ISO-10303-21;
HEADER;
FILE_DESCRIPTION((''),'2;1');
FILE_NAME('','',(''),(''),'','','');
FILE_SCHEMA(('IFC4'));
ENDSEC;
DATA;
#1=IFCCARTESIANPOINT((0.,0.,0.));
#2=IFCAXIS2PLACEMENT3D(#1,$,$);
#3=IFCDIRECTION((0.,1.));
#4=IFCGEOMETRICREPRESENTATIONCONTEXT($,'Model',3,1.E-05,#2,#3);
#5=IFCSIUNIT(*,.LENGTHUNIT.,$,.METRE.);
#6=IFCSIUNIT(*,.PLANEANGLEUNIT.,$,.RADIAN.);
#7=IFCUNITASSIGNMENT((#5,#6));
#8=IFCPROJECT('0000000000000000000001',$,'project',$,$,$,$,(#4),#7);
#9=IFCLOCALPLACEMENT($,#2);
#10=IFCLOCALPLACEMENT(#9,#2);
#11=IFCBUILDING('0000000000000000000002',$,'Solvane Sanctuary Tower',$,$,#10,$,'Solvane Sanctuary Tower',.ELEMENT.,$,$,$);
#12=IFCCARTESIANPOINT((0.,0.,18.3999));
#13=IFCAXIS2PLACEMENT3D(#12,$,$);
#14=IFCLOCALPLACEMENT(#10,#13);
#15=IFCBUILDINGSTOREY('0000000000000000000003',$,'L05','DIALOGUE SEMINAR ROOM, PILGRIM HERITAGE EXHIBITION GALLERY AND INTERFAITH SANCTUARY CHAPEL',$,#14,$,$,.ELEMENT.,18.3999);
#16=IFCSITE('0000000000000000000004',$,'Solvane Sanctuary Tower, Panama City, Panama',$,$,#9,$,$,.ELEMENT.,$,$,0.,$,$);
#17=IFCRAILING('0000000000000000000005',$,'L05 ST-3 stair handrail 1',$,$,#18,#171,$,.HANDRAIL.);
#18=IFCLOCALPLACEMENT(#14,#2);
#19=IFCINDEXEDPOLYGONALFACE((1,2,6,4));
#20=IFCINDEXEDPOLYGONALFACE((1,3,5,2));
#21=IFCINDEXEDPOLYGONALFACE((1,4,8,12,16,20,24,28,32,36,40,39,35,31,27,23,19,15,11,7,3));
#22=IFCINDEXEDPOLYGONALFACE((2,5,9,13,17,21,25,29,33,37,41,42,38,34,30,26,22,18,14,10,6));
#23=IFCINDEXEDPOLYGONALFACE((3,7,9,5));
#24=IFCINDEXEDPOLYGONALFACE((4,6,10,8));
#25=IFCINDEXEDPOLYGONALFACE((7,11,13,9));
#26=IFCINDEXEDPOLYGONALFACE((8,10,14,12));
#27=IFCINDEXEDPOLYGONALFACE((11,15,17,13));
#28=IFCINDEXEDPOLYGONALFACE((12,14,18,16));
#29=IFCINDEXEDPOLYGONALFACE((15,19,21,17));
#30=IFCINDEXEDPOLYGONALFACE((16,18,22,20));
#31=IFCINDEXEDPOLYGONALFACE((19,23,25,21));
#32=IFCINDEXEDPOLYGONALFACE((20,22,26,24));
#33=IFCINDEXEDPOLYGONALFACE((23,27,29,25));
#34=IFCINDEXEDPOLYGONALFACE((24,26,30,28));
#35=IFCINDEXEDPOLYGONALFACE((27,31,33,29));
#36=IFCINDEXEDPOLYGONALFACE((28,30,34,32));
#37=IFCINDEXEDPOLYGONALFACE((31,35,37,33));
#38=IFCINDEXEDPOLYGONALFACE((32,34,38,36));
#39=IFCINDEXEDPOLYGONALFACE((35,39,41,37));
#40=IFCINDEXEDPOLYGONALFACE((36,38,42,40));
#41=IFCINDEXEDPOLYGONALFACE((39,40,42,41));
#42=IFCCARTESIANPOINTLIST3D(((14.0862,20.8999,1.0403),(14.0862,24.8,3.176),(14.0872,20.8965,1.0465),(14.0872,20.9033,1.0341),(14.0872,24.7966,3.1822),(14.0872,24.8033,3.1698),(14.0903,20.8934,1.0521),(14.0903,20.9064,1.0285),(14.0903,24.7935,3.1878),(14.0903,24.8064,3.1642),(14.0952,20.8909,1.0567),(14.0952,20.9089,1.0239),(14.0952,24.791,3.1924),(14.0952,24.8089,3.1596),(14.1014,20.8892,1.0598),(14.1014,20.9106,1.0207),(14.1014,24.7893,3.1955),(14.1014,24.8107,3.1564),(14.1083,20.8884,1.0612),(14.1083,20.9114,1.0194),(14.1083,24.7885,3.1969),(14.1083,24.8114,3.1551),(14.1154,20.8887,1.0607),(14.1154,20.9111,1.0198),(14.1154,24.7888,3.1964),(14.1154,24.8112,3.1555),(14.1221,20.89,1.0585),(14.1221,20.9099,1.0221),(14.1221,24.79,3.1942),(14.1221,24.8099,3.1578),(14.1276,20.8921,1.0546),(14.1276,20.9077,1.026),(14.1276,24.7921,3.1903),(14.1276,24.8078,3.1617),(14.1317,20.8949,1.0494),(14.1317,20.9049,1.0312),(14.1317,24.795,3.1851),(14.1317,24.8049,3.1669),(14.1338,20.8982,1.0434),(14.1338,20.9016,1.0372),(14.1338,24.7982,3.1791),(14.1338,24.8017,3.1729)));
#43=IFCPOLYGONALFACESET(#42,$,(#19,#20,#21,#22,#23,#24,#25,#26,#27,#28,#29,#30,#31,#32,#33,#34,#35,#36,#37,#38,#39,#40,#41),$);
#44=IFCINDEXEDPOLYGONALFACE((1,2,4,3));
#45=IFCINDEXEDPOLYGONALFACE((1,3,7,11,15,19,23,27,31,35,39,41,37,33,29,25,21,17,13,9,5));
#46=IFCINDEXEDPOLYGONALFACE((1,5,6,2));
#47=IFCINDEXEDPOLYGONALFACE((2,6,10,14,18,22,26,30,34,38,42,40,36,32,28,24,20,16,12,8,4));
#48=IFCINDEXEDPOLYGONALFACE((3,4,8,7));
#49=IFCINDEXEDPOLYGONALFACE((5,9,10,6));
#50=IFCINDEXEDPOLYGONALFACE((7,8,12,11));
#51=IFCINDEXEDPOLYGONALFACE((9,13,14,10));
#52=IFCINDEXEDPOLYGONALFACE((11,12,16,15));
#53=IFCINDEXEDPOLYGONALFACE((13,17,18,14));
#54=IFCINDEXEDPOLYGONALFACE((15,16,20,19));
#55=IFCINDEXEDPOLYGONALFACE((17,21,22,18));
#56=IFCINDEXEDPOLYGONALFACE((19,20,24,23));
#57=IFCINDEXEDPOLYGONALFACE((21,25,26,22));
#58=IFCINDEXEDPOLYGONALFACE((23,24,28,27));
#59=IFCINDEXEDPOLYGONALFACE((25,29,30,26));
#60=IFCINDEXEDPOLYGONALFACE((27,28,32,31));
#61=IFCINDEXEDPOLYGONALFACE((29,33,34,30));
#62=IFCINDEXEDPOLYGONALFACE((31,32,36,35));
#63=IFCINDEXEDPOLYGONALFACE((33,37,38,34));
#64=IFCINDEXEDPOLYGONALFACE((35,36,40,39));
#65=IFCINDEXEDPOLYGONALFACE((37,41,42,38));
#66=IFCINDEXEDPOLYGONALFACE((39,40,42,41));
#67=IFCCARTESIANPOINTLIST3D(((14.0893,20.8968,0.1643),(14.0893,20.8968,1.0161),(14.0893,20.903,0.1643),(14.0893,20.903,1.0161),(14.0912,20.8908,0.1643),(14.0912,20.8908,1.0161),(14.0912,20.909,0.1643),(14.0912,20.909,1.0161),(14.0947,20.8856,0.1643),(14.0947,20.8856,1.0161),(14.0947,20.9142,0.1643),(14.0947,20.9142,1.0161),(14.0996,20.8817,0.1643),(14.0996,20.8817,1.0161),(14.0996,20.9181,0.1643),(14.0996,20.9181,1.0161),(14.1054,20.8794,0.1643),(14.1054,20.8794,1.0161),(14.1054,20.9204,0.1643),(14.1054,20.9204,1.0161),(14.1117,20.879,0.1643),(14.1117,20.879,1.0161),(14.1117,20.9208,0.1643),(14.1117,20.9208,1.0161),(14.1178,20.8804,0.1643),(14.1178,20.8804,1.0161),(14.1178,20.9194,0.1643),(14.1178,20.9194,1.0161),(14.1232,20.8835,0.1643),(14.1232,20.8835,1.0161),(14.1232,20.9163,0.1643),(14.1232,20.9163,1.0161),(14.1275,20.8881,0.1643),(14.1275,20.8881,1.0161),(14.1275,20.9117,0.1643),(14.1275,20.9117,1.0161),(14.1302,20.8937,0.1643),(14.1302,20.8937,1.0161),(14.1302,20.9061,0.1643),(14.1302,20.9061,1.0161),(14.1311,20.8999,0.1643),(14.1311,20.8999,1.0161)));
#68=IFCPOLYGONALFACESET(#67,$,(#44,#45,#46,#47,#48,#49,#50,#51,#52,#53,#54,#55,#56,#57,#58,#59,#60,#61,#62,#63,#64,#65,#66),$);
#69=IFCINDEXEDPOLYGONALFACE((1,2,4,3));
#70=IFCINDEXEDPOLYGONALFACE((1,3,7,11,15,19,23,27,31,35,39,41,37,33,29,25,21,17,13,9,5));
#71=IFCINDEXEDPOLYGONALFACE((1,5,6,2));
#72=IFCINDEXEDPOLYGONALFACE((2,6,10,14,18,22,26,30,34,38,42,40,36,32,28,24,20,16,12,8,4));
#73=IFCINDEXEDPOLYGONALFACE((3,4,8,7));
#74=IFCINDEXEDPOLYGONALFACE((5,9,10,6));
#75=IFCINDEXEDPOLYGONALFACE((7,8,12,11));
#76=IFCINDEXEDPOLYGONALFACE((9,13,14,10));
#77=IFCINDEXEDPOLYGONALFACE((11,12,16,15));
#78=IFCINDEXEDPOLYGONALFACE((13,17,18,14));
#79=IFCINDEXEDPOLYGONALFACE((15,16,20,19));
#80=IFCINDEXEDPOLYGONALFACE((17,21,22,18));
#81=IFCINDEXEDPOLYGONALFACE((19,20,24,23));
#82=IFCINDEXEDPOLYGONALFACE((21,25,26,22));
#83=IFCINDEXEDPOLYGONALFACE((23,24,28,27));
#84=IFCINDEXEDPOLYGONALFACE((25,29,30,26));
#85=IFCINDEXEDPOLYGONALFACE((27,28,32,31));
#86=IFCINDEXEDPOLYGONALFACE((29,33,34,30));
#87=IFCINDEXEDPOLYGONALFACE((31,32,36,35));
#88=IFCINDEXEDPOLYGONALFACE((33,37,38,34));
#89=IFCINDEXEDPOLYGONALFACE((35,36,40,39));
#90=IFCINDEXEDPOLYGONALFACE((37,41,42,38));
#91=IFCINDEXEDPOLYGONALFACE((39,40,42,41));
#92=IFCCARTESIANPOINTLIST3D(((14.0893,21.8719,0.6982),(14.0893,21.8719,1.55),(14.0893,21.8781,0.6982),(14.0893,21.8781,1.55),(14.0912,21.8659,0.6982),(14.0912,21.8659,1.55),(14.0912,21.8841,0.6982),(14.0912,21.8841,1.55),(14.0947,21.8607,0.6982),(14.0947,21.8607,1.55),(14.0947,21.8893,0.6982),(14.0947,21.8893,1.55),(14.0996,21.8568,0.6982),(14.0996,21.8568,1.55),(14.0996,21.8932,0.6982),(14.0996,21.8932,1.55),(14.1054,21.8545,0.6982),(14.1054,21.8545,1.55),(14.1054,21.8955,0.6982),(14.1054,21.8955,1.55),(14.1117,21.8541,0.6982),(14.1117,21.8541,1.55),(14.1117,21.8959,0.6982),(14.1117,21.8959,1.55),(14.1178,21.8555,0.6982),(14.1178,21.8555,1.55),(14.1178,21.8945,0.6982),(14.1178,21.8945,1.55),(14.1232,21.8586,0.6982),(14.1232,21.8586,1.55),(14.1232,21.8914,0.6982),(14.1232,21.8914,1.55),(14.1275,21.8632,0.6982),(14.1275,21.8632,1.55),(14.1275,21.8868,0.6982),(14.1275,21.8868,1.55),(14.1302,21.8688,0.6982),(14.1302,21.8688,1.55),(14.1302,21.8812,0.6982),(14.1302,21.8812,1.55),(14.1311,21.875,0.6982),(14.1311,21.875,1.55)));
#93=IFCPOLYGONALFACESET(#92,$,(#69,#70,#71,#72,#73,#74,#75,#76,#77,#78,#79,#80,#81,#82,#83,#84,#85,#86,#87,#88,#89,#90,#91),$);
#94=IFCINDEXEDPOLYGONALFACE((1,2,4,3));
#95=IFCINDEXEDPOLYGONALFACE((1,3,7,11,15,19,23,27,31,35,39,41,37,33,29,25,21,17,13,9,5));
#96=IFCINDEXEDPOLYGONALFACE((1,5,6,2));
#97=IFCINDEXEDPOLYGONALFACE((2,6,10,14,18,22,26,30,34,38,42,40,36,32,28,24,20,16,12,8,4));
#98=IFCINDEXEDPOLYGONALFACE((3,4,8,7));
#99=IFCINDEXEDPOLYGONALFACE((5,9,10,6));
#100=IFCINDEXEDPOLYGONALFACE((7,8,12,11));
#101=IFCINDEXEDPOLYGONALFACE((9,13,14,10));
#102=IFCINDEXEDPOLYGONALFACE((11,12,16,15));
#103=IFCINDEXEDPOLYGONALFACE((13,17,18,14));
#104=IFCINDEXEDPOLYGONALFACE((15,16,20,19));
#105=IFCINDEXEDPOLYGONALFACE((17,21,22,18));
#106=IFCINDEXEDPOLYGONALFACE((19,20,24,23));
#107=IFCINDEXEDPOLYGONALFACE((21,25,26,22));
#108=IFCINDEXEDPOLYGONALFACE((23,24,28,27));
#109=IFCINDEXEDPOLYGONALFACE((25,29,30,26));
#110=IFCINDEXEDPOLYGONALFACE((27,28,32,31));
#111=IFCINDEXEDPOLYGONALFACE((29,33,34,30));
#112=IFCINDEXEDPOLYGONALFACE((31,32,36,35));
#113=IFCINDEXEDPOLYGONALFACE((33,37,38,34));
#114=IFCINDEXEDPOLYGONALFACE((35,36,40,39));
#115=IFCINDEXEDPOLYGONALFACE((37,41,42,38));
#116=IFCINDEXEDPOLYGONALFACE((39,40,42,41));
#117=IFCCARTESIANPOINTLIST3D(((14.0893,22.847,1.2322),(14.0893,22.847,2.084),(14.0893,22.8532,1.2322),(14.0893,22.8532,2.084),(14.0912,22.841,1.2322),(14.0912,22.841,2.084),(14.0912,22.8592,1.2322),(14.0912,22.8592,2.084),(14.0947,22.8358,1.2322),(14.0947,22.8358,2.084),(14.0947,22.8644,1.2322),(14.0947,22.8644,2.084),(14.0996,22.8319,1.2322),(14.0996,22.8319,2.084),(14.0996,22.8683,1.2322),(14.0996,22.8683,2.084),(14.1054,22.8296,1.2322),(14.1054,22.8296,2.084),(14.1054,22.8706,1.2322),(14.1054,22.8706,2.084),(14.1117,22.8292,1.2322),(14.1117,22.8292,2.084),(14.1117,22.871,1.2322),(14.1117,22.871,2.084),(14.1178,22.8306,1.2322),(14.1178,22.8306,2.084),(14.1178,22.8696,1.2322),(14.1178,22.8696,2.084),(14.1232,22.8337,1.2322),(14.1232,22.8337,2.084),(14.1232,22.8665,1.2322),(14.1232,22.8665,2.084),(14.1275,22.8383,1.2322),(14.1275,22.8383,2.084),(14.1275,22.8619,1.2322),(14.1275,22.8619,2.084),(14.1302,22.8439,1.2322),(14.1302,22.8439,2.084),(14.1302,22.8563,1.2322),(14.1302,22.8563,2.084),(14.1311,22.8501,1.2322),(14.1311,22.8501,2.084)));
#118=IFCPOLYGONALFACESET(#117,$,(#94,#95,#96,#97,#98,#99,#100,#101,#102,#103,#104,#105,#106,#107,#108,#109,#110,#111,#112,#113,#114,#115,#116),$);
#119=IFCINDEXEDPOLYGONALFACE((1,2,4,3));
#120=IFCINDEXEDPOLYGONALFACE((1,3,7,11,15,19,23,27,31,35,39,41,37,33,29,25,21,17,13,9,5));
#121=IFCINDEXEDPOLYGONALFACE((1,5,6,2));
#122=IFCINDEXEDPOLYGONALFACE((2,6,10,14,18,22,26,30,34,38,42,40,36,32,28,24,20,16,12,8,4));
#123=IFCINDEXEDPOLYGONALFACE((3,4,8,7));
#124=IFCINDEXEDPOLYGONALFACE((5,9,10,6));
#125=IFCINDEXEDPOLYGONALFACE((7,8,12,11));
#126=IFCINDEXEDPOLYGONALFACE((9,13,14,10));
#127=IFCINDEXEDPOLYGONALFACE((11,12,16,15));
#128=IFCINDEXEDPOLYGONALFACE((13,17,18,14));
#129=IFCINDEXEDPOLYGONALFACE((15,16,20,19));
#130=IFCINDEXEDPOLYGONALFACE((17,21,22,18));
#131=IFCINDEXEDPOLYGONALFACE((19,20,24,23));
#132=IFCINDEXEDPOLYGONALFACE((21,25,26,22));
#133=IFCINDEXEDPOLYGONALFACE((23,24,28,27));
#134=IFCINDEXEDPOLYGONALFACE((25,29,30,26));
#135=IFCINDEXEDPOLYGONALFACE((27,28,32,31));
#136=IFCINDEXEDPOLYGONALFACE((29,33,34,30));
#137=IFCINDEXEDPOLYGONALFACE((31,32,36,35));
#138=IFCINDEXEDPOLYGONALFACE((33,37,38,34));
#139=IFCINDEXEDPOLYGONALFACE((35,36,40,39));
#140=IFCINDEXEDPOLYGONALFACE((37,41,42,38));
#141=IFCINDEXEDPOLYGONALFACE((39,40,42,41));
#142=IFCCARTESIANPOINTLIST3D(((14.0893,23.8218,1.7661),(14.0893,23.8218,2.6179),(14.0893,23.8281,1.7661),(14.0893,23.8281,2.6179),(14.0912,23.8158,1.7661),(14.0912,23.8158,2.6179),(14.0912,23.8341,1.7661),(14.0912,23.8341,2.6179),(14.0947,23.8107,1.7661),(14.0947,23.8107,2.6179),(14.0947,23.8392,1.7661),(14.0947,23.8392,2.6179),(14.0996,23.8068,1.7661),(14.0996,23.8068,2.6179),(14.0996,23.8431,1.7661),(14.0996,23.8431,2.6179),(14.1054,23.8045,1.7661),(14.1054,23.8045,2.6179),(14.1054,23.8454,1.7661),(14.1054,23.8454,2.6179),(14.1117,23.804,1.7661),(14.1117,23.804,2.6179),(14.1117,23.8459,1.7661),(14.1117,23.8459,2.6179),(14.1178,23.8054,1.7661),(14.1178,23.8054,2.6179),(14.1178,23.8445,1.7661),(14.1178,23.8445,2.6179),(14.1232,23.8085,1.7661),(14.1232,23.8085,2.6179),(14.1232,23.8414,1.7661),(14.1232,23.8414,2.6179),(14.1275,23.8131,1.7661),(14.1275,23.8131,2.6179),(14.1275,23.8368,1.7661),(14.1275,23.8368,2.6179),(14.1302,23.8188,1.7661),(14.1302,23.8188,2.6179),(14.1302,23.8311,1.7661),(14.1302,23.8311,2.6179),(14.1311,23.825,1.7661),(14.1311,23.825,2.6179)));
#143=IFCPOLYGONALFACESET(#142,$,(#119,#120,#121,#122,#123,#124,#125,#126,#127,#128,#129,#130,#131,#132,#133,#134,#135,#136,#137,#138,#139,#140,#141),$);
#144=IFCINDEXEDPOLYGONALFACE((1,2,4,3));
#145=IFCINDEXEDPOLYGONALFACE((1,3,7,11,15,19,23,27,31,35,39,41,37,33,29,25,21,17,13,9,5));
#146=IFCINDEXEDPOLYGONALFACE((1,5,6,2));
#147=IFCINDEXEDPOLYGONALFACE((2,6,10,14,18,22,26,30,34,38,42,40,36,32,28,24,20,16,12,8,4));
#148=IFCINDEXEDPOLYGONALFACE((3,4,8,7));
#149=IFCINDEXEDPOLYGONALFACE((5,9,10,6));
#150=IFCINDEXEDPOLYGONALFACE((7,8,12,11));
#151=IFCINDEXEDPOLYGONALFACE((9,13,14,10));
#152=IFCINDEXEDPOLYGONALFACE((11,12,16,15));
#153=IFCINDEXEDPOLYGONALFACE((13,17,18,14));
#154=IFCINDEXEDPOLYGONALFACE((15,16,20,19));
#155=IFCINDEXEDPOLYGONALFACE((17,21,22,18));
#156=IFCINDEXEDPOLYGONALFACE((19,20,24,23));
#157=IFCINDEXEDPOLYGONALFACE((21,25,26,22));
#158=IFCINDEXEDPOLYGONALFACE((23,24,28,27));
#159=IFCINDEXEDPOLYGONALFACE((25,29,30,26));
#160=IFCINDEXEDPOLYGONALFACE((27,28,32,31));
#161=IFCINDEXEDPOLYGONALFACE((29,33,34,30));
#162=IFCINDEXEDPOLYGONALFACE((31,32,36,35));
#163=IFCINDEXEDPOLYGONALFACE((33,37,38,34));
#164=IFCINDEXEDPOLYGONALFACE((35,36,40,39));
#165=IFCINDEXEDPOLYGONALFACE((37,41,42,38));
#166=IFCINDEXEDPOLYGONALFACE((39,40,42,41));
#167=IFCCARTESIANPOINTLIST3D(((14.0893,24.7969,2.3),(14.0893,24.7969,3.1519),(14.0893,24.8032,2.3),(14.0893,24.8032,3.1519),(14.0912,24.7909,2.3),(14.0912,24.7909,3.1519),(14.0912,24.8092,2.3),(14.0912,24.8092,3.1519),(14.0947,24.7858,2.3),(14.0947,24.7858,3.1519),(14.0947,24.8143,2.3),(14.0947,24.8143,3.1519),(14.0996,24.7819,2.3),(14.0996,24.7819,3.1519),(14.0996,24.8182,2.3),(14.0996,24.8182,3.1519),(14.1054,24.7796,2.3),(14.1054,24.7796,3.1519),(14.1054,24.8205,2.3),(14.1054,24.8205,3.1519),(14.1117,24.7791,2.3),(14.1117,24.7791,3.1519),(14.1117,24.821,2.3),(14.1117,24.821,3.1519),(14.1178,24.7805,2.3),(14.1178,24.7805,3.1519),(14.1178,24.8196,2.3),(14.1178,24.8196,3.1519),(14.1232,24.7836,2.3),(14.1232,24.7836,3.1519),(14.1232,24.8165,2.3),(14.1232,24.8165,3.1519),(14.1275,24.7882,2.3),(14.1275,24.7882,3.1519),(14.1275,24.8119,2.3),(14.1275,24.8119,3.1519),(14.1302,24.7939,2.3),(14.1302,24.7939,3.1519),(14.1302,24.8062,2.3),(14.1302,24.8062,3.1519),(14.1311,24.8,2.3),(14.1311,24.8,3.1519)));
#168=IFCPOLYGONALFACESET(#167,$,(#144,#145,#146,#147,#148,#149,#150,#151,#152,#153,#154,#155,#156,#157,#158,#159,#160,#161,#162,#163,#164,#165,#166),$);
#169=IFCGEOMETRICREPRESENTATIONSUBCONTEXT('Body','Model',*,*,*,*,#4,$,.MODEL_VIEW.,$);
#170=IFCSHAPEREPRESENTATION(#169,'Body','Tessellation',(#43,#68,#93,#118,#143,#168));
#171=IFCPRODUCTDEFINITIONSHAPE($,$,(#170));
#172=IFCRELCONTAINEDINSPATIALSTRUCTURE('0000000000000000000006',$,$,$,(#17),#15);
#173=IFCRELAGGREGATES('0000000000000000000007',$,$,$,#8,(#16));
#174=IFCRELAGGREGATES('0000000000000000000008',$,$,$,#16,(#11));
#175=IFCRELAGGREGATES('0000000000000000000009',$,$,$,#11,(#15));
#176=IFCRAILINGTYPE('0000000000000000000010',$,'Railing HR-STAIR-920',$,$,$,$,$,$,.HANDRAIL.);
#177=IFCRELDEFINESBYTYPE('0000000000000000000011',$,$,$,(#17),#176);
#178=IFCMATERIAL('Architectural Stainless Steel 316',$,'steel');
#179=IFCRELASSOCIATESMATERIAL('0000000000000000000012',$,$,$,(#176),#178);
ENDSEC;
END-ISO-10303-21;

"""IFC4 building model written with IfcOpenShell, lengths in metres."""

from ifc_helpers import new_model, si_unit, direction, frame, origin, origin_2d, place, context, subcontext, project, spatial, circle, extrude, material, type_object, element, save


model = new_model("IFC4")

# Units and contexts
model_context = context("Model", 3, precision=1e-05, world=origin(), true_north=direction((0.0, 1.0)))
body_context = subcontext(model_context, "Body", "Model", "MODEL_VIEW")
ifc_project = project(units=[si_unit("LENGTHUNIT", "METRE"), si_unit("PLANEANGLEUNIT", "RADIAN")], contexts=[model_context])

# Site, building, storey
site_placement = place(None, origin())
site = spatial("IfcSite", under=ifc_project, at=site_placement, Name="Solvane Sanctuary Tower, Panama City, Panama", CompositionType="ELEMENT", RefElevation=0.0)
building_placement = place(site_placement, origin())
building = spatial("IfcBuilding", under=site, at=building_placement, Name="Solvane Sanctuary Tower", LongName="Solvane Sanctuary Tower", CompositionType="ELEMENT")
storey_placement = place(building_placement, frame((0.0, 0.0, 18.3999)))
storey = spatial("IfcBuildingStorey", under=building, at=storey_placement, Name="L05", Description="DIALOGUE SEMINAR ROOM, PILGRIM HERITAGE EXHIBITION GALLERY AND INTERFAITH SANCTUARY CHAPEL", CompositionType="ELEMENT", Elevation=18.3999)

# Railing
ifc_material_1 = material(Name="Architectural Stainless Steel 316", Category="steel")
railing_type_1 = type_object("IfcRailingType", Name="Railing HR-STAIR-920", PredefinedType="HANDRAIL", material=ifc_material_1)
railing_1_placement = place(storey_placement, frame((14.1101, 20.8999, 0.1643)))
element("IfcRailing", 1, at=railing_1_placement, inside=storey, type_object=railing_type_1, Name="L05 ST-3 stair handrail 1", PredefinedType="HANDRAIL", context=body_context, shape_type="SweptSolid", body=[
    extrude(circle(Radius=0.0239, at=origin_2d()), frame((0.0, 0.0, 0.876), z_axis=(0.0, 0.877101, 0.480306), x_axis=(-1.0, 0.0, 0.0)), (0.0, 0.0, 1.0), 4.4465),
    extrude(circle(Radius=0.021, at=origin_2d()), origin(), (0.0, 0.0, 1.0), 0.8518),
    extrude(circle(Radius=0.021, at=origin_2d()), frame((0.0, 0.9751, 0.5339)), (0.0, 0.0, 1.0), 0.8518),
    extrude(circle(Radius=0.021, at=origin_2d()), frame((0.0, 1.9502, 1.0679)), (0.0, 0.0, 1.0), 0.8518),
    extrude(circle(Radius=0.021, at=origin_2d()), frame((0.0, 2.925, 1.6018)), (0.0, 0.0, 1.0), 0.8518),
    extrude(circle(Radius=0.021, at=origin_2d()), frame((0.0, 3.9001, 2.1357)), (0.0, 0.0, 1.0), 0.8518),
])

save(model, "model.ifc")
